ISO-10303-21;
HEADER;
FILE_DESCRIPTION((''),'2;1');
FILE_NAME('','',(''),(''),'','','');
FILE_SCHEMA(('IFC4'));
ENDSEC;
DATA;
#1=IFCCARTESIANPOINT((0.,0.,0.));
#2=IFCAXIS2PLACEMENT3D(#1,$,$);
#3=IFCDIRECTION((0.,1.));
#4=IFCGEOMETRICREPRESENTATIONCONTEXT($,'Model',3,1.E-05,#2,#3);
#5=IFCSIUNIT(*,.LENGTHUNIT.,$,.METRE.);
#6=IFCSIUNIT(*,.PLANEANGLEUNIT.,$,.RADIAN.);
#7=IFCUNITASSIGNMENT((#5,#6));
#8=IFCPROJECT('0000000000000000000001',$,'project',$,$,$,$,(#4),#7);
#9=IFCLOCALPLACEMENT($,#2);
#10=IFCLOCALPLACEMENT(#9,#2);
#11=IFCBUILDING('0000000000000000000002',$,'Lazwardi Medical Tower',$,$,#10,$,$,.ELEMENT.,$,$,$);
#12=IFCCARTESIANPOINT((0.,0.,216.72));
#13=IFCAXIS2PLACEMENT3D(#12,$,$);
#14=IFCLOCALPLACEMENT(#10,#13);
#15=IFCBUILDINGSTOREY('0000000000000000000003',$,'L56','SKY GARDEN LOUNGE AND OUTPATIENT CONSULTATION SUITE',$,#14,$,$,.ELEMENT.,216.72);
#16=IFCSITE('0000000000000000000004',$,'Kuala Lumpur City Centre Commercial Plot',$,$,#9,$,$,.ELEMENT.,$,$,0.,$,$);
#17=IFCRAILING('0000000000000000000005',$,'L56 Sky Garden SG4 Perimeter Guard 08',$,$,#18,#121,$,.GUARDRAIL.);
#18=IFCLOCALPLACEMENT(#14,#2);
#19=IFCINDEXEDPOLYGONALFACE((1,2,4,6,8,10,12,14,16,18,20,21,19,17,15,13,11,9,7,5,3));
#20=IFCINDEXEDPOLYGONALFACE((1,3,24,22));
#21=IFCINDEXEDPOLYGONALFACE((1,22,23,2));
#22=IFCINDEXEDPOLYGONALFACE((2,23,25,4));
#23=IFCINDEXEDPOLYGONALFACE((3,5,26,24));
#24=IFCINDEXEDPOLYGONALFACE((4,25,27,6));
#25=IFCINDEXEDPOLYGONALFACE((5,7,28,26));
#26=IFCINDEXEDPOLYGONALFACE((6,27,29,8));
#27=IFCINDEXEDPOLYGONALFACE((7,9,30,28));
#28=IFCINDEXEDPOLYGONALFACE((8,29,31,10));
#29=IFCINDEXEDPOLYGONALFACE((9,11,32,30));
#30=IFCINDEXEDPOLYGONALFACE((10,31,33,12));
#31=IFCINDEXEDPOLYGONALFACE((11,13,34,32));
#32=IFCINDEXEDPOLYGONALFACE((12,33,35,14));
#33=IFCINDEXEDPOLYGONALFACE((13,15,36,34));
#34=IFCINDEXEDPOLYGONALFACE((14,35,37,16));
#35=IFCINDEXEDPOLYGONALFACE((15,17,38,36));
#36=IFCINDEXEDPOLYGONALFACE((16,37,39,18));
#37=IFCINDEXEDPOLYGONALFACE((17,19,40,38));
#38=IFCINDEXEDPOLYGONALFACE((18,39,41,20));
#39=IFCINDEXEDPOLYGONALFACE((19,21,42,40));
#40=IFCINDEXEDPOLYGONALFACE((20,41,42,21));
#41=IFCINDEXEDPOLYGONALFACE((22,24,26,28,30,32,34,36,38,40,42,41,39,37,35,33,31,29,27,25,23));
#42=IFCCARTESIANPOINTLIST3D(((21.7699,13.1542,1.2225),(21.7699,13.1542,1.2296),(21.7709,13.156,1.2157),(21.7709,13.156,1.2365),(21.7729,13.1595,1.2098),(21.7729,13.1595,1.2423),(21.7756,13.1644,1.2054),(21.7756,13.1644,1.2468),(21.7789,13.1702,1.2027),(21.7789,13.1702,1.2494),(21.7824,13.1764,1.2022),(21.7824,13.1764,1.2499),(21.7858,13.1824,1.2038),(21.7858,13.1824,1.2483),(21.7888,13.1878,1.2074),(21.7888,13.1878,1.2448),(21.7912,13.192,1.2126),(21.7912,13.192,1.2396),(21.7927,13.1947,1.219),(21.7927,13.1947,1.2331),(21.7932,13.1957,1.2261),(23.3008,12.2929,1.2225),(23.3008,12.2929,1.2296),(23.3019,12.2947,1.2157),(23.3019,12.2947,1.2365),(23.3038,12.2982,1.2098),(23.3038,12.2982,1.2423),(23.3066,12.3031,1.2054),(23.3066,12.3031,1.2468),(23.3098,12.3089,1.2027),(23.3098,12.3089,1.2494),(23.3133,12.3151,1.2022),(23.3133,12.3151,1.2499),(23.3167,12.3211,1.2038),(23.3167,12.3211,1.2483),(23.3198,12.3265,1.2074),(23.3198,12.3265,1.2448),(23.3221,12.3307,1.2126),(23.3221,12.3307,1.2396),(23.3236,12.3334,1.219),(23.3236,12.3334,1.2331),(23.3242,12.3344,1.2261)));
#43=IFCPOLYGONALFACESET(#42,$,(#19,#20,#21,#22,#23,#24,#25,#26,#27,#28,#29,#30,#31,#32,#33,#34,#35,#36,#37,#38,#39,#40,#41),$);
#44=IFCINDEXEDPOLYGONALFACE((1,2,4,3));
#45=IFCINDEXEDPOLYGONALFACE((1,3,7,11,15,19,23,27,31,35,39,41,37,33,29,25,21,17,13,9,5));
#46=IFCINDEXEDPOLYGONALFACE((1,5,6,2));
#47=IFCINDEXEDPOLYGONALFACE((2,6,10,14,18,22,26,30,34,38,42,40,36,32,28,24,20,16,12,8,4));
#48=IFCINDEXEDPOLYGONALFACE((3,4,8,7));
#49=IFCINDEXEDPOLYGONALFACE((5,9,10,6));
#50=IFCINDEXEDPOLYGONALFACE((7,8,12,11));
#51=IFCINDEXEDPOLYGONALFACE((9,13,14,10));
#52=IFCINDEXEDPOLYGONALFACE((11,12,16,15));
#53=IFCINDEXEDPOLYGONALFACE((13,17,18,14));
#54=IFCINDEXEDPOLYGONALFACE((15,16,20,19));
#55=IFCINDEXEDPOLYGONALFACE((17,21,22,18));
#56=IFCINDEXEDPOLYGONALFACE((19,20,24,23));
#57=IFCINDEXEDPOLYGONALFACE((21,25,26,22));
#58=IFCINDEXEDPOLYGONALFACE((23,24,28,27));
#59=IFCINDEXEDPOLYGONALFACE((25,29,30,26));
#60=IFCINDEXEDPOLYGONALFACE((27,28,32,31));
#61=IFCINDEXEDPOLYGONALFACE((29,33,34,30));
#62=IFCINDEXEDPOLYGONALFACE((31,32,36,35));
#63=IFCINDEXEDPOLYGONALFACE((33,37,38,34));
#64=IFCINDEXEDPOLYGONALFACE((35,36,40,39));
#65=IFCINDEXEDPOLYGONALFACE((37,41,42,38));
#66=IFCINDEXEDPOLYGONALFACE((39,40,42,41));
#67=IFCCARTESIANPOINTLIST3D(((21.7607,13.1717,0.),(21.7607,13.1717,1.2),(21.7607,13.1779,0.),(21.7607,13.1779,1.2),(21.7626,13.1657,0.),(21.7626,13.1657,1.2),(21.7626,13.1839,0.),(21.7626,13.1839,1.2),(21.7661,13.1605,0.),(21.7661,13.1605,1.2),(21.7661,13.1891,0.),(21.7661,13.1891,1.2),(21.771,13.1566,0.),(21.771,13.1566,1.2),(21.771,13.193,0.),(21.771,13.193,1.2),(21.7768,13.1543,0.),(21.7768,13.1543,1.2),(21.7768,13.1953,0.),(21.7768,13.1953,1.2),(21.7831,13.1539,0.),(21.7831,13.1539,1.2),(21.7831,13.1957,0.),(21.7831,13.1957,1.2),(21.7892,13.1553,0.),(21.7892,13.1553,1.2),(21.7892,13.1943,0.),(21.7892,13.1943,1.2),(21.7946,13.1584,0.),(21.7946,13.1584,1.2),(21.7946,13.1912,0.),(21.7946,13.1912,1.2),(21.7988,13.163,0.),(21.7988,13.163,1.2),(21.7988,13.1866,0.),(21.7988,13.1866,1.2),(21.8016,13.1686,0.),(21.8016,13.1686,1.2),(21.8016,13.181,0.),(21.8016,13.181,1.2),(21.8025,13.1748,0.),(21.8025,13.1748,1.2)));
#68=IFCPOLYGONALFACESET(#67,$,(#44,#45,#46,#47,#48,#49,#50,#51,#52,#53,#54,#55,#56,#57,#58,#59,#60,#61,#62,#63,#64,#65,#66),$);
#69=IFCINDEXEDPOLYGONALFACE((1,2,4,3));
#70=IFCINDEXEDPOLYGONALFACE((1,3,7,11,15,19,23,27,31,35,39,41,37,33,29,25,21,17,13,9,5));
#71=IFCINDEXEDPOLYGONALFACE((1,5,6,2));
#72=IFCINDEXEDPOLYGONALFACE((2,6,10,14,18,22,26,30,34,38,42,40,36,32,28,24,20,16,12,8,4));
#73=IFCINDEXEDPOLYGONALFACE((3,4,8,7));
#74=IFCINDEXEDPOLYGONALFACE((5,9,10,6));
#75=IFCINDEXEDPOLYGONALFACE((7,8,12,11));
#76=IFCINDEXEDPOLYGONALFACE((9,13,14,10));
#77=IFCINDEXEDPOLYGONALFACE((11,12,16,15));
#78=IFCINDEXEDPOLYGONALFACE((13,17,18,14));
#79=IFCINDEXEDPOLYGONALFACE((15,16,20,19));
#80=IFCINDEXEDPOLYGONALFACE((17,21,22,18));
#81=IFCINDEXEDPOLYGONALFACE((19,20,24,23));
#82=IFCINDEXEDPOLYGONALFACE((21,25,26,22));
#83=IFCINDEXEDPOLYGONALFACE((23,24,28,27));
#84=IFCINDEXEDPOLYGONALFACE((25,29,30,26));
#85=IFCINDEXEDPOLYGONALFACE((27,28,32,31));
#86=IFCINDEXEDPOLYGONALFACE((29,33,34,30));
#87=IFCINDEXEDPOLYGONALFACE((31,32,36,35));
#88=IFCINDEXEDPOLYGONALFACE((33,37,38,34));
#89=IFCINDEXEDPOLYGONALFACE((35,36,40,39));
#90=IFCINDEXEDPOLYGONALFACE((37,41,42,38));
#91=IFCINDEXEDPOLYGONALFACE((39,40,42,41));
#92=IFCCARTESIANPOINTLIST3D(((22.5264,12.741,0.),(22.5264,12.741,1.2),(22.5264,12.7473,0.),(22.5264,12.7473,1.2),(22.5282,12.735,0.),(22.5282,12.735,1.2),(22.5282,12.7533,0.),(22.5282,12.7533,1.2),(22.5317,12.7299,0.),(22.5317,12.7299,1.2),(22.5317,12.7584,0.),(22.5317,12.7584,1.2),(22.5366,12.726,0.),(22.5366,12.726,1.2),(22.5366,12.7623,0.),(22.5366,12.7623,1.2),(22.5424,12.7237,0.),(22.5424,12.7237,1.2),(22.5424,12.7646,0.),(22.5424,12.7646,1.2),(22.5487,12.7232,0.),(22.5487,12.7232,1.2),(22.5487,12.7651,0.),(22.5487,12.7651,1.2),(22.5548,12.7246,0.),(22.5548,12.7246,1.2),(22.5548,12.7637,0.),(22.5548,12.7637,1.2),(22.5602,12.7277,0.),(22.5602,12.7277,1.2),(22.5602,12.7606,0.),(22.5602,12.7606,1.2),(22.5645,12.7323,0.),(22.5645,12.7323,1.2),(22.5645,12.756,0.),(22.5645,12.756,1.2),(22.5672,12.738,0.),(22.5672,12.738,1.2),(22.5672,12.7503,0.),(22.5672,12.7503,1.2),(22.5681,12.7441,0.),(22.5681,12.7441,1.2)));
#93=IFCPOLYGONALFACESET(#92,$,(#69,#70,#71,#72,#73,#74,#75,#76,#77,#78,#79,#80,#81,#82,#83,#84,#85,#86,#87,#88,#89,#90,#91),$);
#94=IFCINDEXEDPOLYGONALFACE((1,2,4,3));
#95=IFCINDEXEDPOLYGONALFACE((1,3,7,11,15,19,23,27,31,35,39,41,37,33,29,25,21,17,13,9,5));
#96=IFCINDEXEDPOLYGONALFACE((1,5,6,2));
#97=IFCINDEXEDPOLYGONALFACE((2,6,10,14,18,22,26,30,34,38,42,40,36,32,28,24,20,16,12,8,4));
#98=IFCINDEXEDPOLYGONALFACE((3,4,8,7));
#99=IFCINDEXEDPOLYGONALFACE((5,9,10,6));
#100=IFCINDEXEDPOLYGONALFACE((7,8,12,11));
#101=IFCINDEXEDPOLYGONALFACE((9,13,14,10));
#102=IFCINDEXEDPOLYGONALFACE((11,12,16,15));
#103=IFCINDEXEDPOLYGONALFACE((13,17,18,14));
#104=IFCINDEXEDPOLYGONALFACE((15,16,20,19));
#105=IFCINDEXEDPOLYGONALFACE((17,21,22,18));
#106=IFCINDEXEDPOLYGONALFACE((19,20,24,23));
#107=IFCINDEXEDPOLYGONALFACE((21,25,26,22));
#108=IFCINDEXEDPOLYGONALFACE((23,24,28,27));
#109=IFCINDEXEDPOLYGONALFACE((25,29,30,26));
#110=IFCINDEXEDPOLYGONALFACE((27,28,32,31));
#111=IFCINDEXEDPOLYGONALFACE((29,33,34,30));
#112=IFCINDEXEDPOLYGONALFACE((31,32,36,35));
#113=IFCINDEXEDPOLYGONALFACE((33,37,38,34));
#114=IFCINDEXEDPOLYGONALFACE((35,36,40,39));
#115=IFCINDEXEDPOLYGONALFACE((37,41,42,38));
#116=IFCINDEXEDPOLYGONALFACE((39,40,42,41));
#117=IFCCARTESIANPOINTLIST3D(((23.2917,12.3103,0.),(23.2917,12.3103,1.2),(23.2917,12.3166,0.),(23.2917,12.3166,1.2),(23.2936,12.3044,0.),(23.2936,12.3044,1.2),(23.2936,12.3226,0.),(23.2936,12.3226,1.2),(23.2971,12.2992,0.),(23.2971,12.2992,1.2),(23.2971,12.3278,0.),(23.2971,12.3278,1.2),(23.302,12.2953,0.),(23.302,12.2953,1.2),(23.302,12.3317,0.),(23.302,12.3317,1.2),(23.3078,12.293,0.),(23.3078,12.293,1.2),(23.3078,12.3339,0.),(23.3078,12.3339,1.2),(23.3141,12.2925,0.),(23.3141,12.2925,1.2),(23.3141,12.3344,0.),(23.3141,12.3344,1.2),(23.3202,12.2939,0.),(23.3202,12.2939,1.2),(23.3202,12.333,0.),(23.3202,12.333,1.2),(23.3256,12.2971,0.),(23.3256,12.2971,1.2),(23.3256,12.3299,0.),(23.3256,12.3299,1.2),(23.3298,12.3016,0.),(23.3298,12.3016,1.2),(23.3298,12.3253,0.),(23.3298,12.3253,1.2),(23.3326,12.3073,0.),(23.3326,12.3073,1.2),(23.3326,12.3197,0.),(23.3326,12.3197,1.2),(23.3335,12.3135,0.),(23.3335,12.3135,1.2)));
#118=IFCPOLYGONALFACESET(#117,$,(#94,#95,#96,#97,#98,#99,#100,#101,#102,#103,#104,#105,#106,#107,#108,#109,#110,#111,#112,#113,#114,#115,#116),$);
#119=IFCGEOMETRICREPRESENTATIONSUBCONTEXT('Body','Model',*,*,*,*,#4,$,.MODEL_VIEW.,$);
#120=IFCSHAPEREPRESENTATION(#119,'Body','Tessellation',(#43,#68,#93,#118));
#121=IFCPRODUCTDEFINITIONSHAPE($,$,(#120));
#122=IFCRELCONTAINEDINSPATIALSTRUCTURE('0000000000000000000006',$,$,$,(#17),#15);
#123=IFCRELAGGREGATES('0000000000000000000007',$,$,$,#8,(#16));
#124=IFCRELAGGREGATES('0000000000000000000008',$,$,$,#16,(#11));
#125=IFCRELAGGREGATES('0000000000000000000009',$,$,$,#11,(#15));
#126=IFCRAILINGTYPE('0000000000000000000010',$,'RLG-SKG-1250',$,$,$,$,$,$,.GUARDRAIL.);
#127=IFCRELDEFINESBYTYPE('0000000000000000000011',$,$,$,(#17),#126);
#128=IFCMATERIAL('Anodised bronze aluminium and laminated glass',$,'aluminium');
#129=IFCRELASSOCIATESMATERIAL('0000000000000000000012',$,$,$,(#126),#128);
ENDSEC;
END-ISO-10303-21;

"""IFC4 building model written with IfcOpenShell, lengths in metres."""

from ifc_helpers import new_model, si_unit, direction, frame, origin, origin_2d, place, context, subcontext, project, spatial, circle, extrude, material, type_object, element, save


model = new_model("IFC4")

# Units and contexts
model_context = context("Model", 3, precision=1e-05, world=origin(), true_north=direction((0.0, 1.0)))
body_context = subcontext(model_context, "Body", "Model", "MODEL_VIEW")
ifc_project = project(units=[si_unit("LENGTHUNIT", "METRE"), si_unit("PLANEANGLEUNIT", "RADIAN")], contexts=[model_context])

# Site, building, storey
site_placement = place(None, origin())
site = spatial("IfcSite", under=ifc_project, at=site_placement, Name="Kuala Lumpur City Centre Commercial Plot", CompositionType="ELEMENT", RefElevation=0.0)
building_placement = place(site_placement, origin())
building = spatial("IfcBuilding", under=site, at=building_placement, Name="Lazwardi Medical Tower", CompositionType="ELEMENT")
storey_placement = place(building_placement, frame((0.0, 0.0, 216.72)))
storey = spatial("IfcBuildingStorey", under=building, at=storey_placement, Name="L56", Description="SKY GARDEN LOUNGE AND OUTPATIENT CONSULTATION SUITE", CompositionType="ELEMENT", Elevation=216.72)

# Railing
ifc_material_1 = material(Name="Anodised bronze aluminium and laminated glass", Category="aluminium")
railing_type = type_object("IfcRailingType", Name="RLG-SKG-1250", PredefinedType="GUARDRAIL", material=ifc_material_1)
railing_1_placement = place(storey_placement, frame((21.7815, 13.1748, 0.0)))
element("IfcRailing", 1, at=railing_1_placement, inside=storey, type_object=railing_type, Name="L56 Sky Garden SG4 Perimeter Guard 08", PredefinedType="GUARDRAIL", context=body_context, shape_type="SweptSolid", body=[
    extrude(circle(Radius=0.0239, at=origin_2d()), frame((0.0, 0.0, 1.2261), z_axis=(0.871542, -0.490321, 0.0), x_axis=(0.490321, 0.871542, 0.0)), (0.0, 0.0, 1.0), 1.7566),
    extrude(circle(Radius=0.021, at=origin_2d()), origin(), (0.0, 0.0, 1.0), 1.2),
    extrude(circle(Radius=0.021, at=origin_2d()), frame((0.7656, -0.4307, 0.0)), (0.0, 0.0, 1.0), 1.2),
    extrude(circle(Radius=0.021, at=origin_2d()), frame((1.531, -0.8613, 0.0)), (0.0, 0.0, 1.0), 1.2),
])

save(model, "model.ifc")
